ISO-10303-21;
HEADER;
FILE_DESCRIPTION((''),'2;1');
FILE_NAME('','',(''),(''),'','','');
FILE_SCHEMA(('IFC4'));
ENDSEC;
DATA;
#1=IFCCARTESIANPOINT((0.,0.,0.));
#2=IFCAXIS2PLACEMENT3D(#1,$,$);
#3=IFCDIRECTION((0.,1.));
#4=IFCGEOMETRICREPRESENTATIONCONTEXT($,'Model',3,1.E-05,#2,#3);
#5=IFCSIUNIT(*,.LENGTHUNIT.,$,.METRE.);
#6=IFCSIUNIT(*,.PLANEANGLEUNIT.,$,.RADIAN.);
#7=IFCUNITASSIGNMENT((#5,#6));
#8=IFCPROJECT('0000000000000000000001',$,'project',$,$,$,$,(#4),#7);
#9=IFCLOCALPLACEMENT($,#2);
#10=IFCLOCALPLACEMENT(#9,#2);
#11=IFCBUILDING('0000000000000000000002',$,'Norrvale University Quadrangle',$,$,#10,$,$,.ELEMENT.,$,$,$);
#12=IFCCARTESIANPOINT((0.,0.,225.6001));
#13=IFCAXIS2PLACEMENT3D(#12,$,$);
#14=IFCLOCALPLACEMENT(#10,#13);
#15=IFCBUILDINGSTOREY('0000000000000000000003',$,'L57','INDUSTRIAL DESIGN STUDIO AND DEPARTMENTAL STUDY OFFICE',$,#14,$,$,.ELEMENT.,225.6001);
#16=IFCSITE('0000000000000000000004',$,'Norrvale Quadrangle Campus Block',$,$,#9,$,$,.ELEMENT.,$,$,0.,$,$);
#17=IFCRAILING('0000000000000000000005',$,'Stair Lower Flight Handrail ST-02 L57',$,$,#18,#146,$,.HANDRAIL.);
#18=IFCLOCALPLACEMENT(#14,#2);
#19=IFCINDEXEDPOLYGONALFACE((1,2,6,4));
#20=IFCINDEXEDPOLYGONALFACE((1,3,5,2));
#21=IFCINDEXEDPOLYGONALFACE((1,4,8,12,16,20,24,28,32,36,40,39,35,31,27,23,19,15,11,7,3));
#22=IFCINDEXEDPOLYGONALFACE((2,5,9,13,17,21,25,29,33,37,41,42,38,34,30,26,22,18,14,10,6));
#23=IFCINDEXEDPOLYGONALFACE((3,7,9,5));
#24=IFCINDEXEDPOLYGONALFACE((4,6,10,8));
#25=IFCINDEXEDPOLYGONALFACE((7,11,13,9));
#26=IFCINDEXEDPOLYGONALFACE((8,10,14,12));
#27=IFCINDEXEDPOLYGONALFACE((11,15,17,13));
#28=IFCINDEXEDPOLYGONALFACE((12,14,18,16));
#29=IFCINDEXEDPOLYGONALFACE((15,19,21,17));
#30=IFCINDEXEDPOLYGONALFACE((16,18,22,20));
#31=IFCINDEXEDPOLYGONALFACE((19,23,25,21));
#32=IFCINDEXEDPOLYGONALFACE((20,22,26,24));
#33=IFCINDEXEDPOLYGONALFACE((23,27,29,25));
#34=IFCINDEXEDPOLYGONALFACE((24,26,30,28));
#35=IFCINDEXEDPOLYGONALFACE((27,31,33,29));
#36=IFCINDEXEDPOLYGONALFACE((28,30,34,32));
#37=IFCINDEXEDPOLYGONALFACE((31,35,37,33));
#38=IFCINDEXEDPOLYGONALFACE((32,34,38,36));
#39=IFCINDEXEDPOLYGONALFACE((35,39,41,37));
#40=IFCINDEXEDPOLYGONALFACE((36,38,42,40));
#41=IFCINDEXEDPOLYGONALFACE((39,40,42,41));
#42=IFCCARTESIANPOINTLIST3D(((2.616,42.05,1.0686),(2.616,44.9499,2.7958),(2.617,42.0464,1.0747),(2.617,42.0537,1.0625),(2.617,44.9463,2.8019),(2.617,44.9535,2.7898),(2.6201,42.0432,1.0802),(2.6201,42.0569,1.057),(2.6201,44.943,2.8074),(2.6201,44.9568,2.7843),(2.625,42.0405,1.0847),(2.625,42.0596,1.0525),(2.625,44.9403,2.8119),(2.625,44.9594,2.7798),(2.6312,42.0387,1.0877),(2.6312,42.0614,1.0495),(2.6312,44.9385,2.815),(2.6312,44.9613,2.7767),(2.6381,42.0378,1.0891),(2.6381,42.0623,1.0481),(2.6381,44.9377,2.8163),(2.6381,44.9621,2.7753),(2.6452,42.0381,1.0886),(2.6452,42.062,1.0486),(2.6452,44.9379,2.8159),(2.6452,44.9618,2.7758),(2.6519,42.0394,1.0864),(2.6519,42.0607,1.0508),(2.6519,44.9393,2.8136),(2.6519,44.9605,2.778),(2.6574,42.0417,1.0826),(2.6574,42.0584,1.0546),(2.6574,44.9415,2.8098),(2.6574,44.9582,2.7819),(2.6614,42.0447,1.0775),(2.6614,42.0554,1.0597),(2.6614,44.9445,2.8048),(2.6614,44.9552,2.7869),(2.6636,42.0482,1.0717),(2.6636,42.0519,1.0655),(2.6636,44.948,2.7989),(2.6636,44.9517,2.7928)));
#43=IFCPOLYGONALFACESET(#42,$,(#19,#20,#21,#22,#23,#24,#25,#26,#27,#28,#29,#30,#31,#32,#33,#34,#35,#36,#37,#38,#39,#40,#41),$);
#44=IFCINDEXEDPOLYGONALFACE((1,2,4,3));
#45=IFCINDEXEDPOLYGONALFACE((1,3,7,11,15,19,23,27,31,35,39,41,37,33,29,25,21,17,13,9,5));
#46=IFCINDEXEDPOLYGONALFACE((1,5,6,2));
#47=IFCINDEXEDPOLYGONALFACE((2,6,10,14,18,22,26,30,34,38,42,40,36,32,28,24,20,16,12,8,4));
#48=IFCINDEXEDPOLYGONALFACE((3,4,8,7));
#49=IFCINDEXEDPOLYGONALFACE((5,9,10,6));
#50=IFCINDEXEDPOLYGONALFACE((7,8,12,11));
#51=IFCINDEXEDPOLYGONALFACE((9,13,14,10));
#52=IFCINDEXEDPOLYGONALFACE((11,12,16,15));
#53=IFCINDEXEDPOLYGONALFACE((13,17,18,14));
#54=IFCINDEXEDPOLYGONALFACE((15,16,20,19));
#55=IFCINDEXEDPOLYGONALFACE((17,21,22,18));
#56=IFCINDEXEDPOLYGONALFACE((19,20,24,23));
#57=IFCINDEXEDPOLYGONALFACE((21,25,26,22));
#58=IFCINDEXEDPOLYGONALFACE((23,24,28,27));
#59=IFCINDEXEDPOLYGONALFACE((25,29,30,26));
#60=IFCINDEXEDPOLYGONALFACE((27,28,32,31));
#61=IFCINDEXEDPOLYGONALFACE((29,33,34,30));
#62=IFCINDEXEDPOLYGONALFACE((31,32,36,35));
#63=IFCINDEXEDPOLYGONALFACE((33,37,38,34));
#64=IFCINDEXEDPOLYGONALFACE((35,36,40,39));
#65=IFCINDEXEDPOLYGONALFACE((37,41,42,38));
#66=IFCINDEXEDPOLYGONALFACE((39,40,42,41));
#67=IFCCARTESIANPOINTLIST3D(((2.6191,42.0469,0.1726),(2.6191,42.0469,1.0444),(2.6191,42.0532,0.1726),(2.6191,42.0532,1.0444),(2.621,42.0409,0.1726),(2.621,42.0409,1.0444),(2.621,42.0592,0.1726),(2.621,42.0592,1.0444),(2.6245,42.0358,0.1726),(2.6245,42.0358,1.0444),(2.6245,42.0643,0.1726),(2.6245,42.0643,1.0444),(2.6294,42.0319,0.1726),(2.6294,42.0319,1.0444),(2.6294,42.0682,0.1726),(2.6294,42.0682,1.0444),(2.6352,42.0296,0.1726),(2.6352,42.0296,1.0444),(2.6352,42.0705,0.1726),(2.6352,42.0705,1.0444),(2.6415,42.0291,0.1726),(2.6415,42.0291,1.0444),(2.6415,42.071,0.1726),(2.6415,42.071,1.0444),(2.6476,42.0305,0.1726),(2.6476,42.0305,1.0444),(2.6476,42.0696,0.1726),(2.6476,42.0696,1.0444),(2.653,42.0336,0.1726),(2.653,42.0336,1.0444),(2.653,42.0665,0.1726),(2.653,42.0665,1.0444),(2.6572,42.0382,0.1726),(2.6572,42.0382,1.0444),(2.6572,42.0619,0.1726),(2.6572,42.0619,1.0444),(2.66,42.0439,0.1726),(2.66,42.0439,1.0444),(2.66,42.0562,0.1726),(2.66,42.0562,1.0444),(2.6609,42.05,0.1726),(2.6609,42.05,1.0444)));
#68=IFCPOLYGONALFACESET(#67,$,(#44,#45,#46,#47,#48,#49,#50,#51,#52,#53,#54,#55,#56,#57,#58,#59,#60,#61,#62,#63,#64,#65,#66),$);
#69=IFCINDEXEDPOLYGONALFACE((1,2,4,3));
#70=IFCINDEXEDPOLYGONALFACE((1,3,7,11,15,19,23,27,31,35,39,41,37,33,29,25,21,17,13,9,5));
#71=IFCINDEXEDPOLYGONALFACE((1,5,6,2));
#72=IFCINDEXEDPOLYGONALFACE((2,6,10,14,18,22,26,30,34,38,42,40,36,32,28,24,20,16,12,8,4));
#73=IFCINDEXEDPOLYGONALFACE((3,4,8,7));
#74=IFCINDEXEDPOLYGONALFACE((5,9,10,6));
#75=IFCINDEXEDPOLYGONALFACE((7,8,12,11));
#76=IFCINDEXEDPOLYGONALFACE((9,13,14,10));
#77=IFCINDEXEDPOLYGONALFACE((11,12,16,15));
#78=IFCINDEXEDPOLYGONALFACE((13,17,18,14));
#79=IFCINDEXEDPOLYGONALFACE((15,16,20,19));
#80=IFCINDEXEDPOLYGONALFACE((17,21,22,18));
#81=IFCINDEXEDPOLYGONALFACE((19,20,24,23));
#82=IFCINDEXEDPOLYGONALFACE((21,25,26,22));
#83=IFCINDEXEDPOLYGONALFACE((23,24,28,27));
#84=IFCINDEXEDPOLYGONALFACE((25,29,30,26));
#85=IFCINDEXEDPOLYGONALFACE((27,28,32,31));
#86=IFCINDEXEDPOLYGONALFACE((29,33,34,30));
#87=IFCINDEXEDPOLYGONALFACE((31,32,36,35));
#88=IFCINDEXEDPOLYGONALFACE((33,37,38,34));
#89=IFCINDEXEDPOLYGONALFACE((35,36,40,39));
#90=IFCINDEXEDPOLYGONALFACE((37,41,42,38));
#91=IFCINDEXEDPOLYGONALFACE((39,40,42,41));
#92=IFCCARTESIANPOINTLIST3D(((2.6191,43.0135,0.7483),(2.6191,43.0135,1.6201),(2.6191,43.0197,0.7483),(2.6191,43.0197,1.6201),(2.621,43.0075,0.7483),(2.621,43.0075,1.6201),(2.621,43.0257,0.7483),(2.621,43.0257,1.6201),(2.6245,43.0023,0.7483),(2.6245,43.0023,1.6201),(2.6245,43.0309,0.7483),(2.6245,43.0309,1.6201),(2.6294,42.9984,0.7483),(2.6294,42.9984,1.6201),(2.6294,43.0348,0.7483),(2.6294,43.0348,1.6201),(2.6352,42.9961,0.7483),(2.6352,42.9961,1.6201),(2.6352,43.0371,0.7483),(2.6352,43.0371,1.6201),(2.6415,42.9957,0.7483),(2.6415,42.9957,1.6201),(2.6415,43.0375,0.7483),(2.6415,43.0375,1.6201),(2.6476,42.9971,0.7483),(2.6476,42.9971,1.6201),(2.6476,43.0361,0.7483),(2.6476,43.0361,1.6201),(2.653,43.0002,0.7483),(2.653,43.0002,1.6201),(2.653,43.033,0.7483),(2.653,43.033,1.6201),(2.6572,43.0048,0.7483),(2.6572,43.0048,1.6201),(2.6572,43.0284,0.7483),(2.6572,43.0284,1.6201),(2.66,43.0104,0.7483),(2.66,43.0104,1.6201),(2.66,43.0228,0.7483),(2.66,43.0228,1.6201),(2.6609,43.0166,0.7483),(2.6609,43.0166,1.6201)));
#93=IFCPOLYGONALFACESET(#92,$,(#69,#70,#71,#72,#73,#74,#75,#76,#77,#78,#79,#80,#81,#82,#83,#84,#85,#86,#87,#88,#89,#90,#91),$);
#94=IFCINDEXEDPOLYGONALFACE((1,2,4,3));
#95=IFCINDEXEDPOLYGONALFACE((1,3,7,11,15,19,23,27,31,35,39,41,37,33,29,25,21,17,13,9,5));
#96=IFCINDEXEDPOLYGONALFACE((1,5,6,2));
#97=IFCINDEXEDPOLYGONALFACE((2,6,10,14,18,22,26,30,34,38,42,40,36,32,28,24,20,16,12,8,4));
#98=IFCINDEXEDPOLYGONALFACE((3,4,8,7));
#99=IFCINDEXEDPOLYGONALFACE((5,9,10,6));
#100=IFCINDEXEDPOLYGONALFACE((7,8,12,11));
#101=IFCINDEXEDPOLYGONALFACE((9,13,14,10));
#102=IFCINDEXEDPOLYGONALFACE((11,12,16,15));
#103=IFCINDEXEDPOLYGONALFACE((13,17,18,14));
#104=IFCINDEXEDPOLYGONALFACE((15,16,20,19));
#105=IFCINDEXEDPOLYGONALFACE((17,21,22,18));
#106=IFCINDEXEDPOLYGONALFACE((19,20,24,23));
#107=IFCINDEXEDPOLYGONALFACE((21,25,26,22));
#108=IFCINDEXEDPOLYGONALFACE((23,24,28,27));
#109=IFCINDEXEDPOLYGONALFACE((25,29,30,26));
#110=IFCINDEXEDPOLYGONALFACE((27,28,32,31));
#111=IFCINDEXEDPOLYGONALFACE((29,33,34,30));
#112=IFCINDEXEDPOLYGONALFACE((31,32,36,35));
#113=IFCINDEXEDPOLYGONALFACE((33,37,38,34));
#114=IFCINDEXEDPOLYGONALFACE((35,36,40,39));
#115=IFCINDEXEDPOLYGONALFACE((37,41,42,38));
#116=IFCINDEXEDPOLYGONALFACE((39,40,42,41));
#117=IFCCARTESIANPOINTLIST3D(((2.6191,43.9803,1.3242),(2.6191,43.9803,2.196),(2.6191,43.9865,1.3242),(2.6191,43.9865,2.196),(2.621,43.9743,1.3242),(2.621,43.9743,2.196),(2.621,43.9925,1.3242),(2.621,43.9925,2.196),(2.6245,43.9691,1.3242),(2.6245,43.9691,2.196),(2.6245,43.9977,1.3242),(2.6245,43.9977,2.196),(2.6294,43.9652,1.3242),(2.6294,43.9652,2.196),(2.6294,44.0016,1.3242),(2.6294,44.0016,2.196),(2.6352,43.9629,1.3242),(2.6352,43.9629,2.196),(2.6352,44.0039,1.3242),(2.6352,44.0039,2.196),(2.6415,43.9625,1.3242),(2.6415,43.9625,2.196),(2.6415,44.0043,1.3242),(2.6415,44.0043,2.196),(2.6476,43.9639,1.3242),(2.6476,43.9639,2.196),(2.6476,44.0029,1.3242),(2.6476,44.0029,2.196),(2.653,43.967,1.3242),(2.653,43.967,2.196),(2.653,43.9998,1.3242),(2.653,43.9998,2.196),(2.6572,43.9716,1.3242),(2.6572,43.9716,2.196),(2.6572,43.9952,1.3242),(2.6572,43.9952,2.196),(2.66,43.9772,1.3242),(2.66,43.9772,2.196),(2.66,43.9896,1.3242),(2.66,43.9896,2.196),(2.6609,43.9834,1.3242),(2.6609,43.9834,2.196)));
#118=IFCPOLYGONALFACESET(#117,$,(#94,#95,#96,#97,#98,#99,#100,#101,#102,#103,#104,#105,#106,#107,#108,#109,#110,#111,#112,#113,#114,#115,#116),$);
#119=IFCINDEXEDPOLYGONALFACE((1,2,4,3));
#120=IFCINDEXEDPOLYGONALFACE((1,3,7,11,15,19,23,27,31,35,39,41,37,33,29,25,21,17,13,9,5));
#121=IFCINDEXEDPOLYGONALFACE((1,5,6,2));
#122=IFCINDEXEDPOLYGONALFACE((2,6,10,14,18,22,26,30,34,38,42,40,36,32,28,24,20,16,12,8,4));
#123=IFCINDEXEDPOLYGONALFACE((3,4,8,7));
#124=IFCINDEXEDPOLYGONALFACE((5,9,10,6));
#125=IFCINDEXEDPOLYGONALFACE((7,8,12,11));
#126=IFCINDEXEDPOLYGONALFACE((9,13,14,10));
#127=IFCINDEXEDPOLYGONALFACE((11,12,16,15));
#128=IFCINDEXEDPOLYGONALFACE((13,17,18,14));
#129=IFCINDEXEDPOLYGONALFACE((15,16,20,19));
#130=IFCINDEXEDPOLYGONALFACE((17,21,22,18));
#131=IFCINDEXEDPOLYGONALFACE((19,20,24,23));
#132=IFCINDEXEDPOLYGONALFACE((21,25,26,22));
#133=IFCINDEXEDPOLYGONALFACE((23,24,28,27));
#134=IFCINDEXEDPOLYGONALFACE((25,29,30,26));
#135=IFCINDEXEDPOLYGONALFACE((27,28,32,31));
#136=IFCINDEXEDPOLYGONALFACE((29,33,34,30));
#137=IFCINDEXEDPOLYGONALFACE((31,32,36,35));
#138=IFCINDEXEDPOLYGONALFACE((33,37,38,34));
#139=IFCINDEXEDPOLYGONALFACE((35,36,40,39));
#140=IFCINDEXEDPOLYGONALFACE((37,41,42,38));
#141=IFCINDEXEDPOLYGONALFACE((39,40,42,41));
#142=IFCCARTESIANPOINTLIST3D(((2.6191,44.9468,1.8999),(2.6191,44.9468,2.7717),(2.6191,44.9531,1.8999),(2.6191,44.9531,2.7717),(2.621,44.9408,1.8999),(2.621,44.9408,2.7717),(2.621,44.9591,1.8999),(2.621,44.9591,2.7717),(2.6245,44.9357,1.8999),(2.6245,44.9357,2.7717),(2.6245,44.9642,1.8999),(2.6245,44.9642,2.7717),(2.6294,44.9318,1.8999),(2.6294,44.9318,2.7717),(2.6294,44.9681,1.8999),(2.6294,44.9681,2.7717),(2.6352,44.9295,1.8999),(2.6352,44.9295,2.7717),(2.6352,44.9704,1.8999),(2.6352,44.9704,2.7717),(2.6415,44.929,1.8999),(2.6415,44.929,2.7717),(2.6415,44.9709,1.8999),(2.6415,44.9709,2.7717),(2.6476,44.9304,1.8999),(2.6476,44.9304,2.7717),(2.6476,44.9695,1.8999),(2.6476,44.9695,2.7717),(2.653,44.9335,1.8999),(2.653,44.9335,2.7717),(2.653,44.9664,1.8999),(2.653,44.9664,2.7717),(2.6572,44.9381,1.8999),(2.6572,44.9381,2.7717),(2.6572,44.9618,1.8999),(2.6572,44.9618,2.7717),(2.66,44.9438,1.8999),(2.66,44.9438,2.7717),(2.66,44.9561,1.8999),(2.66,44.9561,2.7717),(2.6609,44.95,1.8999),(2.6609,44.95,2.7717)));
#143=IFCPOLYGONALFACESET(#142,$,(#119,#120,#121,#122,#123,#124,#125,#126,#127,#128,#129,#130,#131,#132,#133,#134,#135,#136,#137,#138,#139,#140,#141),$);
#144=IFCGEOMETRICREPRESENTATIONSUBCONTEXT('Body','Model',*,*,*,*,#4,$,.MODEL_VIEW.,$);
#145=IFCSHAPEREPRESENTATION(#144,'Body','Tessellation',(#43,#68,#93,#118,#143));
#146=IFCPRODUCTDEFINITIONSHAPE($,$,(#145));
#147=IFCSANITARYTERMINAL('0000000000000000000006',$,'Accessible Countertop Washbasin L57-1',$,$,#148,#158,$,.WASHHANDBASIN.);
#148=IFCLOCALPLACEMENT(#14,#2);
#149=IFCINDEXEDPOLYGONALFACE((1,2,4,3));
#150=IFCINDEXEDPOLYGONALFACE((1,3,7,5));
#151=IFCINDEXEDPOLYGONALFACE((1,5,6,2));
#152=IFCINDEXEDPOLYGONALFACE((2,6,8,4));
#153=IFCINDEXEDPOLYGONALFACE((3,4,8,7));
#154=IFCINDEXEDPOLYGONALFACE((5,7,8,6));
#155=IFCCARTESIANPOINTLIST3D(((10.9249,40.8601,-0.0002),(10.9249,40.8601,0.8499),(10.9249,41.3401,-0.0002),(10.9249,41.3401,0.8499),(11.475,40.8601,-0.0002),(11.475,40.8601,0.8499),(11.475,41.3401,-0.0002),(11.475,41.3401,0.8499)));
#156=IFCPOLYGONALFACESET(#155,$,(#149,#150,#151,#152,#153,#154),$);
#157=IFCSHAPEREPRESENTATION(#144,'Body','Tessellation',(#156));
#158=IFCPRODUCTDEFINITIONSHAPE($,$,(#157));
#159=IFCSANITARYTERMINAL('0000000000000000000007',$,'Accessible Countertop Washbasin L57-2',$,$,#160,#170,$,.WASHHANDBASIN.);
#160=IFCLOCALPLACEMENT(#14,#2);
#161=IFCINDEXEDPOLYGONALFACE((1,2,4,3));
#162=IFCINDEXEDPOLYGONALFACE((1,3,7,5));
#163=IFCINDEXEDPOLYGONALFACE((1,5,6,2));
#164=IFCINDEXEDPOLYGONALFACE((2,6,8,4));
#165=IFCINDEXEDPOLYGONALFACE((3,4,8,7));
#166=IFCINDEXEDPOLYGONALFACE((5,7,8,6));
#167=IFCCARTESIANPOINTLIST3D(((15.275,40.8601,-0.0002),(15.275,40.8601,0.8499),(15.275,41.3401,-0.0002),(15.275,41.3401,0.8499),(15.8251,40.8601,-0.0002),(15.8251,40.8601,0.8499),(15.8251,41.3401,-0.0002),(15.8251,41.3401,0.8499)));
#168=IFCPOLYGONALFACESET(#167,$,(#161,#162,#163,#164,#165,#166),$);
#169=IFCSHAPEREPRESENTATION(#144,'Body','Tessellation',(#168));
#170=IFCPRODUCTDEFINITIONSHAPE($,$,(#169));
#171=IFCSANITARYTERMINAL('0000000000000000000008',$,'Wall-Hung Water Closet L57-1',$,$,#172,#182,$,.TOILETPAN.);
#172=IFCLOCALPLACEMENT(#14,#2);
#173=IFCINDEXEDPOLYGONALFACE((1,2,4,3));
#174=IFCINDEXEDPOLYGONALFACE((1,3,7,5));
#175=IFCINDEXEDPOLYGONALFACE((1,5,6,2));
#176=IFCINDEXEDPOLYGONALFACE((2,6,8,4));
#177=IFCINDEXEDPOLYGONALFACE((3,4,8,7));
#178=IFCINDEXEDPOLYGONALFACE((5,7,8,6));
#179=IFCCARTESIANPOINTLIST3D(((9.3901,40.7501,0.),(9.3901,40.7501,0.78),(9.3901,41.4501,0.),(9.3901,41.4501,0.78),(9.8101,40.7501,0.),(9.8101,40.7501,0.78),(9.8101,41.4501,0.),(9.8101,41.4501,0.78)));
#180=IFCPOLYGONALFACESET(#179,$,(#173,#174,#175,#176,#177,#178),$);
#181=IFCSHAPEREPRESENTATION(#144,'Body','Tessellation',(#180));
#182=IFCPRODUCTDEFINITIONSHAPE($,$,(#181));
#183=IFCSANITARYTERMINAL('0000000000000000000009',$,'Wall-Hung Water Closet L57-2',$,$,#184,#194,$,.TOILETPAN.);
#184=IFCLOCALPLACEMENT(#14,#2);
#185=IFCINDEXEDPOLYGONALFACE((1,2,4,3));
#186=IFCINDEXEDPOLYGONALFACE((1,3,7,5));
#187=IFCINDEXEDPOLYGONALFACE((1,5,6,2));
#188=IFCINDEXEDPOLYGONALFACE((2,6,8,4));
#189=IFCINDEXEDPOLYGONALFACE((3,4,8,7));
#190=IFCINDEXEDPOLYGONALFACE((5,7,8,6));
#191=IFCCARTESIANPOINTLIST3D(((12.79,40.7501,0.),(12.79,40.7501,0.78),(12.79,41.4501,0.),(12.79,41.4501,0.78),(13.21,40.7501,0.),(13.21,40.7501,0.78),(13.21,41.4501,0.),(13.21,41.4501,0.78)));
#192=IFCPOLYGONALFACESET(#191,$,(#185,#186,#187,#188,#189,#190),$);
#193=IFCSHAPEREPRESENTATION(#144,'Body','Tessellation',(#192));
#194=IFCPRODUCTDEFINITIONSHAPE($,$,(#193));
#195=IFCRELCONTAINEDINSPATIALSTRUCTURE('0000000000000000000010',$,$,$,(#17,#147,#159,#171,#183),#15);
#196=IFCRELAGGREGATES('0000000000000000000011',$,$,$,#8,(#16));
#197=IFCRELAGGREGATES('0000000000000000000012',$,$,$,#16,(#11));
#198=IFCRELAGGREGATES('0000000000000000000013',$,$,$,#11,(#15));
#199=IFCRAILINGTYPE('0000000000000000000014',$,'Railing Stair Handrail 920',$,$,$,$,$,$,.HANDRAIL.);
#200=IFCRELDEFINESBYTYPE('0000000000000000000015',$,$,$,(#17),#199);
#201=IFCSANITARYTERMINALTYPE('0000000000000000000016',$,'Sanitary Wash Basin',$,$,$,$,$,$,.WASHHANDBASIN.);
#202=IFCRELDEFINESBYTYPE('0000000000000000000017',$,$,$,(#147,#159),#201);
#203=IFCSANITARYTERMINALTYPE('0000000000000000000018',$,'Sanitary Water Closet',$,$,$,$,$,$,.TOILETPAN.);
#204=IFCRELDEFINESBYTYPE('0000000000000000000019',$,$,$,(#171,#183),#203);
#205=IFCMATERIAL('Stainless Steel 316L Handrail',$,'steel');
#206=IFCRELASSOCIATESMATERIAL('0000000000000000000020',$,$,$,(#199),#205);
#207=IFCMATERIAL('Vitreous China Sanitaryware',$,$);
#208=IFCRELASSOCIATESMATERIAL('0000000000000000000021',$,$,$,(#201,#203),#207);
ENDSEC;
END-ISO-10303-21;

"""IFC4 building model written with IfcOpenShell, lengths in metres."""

from ifc_helpers import new_model, si_unit, direction, frame, origin, origin_2d, place, context, subcontext, project, spatial, rectangle, circle, extrude, material, type_object, element, save


model = new_model("IFC4")

# Units and contexts
model_context = context("Model", 3, precision=1e-05, world=origin(), true_north=direction((0.0, 1.0)))
body_context = subcontext(model_context, "Body", "Model", "MODEL_VIEW")
ifc_project = project(units=[si_unit("LENGTHUNIT", "METRE"), si_unit("PLANEANGLEUNIT", "RADIAN")], contexts=[model_context])

# Site, building, storey
site_placement = place(None, origin())
site = spatial("IfcSite", under=ifc_project, at=site_placement, Name="Norrvale Quadrangle Campus Block", CompositionType="ELEMENT", RefElevation=0.0)
building_placement = place(site_placement, origin())
building = spatial("IfcBuilding", under=site, at=building_placement, Name="Norrvale University Quadrangle", CompositionType="ELEMENT")
storey_placement = place(building_placement, frame((0.0, 0.0, 225.6001)))
storey = spatial("IfcBuildingStorey", under=building, at=storey_placement, Name="L57", Description="INDUSTRIAL DESIGN STUDIO AND DEPARTMENTAL STUDY OFFICE", CompositionType="ELEMENT", Elevation=225.6001)

# Railing
ifc_material_1 = material(Name="Stainless Steel 316L Handrail", Category="steel")
railing_type_1 = type_object("IfcRailingType", Name="Railing Stair Handrail 920", PredefinedType="HANDRAIL", material=ifc_material_1)
railing_1_placement = place(storey_placement, frame((2.6399, 42.05, 0.1726)))
element("IfcRailing", 1, at=railing_1_placement, inside=storey, type_object=railing_type_1, Name="Stair Lower Flight Handrail ST-02 L57", PredefinedType="HANDRAIL", context=body_context, shape_type="SweptSolid", body=[
    extrude(circle(Radius=0.0239, at=origin_2d()), frame((0.0, 0.0, 0.896), z_axis=(0.0, 0.859141, 0.511738), x_axis=(-1.0, 0.0, 0.0)), (0.0, 0.0, 1.0), 3.3752),
    extrude(circle(Radius=0.021, at=origin_2d()), origin(), (0.0, 0.0, 1.0), 0.8718),
    extrude(circle(Radius=0.021, at=origin_2d()), frame((0.0, 0.9666, 0.5757)), (0.0, 0.0, 1.0), 0.8718),
    extrude(circle(Radius=0.021, at=origin_2d()), frame((0.0, 1.9333, 1.1516)), (0.0, 0.0, 1.0), 0.8718),
    extrude(circle(Radius=0.021, at=origin_2d()), frame((0.0, 2.8999, 1.7273)), (0.0, 0.0, 1.0), 0.8718),
])

# Sanitary terminals
ifc_material_2 = material(Name="Vitreous China Sanitaryware")
sanitary_terminal_type_1 = type_object("IfcSanitaryTerminalType", Name="Sanitary Wash Basin", PredefinedType="WASHHANDBASIN", material=ifc_material_2)
for number, where, z_axis, x_axis, name in (
    (2, (11.2, 41.1001, -0.0002), (0.0, 0.0, 1.0), (1.0, 0.0, 0.0), "Accessible Countertop Washbasin L57-1"),
    (3, (15.55, 41.1001, -0.0002), (0.0, 0.0, 1.0), (1.0, 0.0, 0.0), "Accessible Countertop Washbasin L57-2"),
):
    element("IfcSanitaryTerminal", number, at=place(storey_placement, frame(where, z_axis=z_axis, x_axis=x_axis)), inside=storey, type_object=sanitary_terminal_type_1, Name=name, PredefinedType="WASHHANDBASIN", context=body_context, shape_type="SweptSolid", body=[
        extrude(rectangle(XDim=0.55, YDim=0.48, at=origin_2d()), origin(), (0.0, 0.0, 1.0), 0.8501),
    ])
sanitary_terminal_type_2 = type_object("IfcSanitaryTerminalType", Name="Sanitary Water Closet", PredefinedType="TOILETPAN", material=ifc_material_2)
for number, where, z_axis, x_axis, name in (
    (4, (9.6001, 41.1001, 0.0), (0.0, 0.0, 1.0), (1.0, 0.0, 0.0), "Wall-Hung Water Closet L57-1"),
    (5, (13.0, 41.1001, 0.0), (0.0, 0.0, 1.0), (1.0, 0.0, 0.0), "Wall-Hung Water Closet L57-2"),
):
    element("IfcSanitaryTerminal", number, at=place(storey_placement, frame(where, z_axis=z_axis, x_axis=x_axis)), inside=storey, type_object=sanitary_terminal_type_2, Name=name, PredefinedType="TOILETPAN", context=body_context, shape_type="SweptSolid", body=[
        extrude(rectangle(XDim=0.4199, YDim=0.7, at=origin_2d()), origin(), (0.0, 0.0, 1.0), 0.78),
    ])

save(model, "model.ifc")
